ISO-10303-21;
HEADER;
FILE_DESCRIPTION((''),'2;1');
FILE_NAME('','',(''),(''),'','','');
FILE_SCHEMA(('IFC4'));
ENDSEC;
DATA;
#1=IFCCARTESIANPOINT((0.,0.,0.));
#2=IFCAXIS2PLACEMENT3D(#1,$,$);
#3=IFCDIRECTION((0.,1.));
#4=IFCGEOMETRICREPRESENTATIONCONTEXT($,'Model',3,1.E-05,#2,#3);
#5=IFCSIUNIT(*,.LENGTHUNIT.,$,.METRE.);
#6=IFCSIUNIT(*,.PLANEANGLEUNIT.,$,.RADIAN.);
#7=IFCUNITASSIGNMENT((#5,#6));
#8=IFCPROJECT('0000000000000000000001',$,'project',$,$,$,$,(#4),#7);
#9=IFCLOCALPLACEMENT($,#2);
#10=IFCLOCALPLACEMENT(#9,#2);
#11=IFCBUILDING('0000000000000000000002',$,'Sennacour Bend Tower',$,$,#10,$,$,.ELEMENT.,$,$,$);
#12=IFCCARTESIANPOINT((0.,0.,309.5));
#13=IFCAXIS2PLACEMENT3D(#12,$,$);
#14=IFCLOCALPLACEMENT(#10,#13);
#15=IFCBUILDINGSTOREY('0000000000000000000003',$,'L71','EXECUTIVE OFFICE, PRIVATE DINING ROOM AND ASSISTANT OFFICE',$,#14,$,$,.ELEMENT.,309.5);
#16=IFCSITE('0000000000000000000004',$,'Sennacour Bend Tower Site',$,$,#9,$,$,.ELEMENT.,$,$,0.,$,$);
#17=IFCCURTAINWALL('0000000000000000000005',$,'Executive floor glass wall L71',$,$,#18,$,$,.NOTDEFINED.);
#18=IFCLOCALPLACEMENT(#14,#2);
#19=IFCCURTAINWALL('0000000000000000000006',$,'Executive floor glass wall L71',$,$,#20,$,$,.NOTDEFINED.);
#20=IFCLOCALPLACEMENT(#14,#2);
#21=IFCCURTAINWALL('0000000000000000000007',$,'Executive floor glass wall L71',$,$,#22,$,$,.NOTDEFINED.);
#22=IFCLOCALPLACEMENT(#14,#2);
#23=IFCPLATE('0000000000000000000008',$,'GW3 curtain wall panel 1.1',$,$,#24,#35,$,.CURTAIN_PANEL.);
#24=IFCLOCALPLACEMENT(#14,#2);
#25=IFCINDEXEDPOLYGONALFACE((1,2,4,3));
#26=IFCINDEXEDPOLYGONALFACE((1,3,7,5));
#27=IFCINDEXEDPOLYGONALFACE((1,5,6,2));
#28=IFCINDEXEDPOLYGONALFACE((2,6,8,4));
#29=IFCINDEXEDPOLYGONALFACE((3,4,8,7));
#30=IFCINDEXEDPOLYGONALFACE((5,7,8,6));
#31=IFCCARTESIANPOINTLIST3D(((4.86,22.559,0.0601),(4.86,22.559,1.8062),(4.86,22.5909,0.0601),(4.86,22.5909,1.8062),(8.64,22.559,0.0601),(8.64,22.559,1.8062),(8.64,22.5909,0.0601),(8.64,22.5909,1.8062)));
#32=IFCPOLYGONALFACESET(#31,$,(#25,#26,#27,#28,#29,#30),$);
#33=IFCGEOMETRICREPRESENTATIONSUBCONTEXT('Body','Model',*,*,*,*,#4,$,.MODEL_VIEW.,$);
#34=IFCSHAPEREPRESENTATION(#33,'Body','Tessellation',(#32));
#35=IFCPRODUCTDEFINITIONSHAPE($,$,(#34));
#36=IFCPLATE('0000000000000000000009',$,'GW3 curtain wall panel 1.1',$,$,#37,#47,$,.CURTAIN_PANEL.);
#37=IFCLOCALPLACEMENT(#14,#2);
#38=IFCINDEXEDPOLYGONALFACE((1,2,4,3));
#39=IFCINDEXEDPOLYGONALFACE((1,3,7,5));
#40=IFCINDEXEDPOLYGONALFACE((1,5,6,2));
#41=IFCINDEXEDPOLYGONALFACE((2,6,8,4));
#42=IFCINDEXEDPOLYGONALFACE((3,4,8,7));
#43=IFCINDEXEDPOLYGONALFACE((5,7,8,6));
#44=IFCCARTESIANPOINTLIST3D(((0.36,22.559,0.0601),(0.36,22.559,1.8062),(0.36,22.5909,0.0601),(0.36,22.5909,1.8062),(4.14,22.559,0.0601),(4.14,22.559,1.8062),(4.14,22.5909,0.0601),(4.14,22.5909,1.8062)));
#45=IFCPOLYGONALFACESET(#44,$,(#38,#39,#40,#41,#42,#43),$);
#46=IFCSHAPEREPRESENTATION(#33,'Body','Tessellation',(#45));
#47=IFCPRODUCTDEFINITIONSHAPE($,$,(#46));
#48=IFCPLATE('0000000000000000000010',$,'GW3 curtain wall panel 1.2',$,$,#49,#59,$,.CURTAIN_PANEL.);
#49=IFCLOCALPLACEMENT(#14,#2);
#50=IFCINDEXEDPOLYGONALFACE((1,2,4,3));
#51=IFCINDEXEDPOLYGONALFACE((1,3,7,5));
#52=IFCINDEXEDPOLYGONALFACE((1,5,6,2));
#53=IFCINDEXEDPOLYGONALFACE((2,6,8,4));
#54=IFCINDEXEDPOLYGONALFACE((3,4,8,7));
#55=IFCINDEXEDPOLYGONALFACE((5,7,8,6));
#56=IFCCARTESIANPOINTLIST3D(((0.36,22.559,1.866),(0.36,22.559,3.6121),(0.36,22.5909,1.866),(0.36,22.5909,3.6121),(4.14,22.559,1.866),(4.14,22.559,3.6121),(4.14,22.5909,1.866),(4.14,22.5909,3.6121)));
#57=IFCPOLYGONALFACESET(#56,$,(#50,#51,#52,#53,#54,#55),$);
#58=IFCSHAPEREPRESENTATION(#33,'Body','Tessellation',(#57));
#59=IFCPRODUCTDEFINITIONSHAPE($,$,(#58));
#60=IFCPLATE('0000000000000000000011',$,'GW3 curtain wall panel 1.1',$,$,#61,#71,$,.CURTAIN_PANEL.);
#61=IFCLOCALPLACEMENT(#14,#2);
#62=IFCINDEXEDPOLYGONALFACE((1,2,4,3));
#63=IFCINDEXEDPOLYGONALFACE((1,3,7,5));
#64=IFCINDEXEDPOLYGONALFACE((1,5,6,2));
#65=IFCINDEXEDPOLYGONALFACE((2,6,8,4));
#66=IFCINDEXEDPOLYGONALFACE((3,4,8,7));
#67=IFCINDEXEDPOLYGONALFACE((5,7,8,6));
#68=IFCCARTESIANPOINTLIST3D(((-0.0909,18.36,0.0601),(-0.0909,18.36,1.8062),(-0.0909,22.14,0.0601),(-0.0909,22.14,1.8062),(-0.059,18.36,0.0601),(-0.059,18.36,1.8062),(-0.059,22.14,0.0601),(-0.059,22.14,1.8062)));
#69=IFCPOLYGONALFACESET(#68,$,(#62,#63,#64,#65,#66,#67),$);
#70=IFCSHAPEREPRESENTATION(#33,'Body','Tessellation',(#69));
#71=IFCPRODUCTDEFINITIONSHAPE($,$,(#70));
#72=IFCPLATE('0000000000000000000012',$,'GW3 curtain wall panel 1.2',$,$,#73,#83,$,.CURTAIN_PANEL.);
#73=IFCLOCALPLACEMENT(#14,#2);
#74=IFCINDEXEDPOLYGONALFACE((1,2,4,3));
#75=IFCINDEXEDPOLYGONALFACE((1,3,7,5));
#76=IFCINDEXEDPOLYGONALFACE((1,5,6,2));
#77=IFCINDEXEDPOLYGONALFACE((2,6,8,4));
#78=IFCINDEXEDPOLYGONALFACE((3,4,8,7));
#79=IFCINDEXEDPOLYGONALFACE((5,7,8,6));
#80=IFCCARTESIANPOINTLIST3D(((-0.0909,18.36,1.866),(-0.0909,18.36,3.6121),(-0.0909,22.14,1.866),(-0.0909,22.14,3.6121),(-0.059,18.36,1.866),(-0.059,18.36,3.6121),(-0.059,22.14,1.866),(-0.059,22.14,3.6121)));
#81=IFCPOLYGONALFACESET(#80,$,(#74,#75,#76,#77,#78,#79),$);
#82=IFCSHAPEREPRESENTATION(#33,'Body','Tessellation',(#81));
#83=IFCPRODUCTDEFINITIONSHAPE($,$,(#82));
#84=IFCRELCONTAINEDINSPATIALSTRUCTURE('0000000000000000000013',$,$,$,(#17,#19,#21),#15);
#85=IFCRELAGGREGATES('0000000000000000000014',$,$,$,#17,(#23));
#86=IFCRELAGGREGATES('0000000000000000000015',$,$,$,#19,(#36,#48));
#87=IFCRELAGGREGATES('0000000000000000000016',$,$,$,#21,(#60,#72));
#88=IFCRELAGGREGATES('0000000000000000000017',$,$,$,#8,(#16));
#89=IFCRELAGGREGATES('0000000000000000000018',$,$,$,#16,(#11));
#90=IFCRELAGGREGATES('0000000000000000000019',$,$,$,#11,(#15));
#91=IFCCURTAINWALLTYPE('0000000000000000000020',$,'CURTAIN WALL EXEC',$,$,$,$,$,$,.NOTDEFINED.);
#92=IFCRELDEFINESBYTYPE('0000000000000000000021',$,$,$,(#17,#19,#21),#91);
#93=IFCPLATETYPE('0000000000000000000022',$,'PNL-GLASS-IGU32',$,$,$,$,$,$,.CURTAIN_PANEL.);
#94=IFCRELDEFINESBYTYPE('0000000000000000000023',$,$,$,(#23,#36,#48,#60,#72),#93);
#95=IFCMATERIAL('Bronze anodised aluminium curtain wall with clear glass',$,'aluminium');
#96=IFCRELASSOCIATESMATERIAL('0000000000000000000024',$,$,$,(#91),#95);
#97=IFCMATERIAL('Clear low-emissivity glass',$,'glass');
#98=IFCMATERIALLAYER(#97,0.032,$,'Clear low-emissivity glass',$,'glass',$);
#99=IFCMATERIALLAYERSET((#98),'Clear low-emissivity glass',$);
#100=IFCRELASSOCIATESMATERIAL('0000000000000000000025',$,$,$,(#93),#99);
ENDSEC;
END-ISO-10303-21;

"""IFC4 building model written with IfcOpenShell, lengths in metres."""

from ifc_helpers import new_model, si_unit, direction, frame, origin, origin_2d, place, context, subcontext, project, spatial, rectangle, extrude, material, layer, layer_set, type_object, element, aggregate, save


model = new_model("IFC4")

# Units and contexts
model_context = context("Model", 3, precision=1e-05, world=origin(), true_north=direction((0.0, 1.0)))
body_context = subcontext(model_context, "Body", "Model", "MODEL_VIEW")
ifc_project = project(units=[si_unit("LENGTHUNIT", "METRE"), si_unit("PLANEANGLEUNIT", "RADIAN")], contexts=[model_context])

# Site, building, storey
site_placement = place(None, origin())
site = spatial("IfcSite", under=ifc_project, at=site_placement, Name="Sennacour Bend Tower Site", CompositionType="ELEMENT", RefElevation=0.0)
building_placement = place(site_placement, origin())
building = spatial("IfcBuilding", under=site, at=building_placement, Name="Sennacour Bend Tower", CompositionType="ELEMENT")
storey_placement = place(building_placement, frame((0.0, 0.0, 309.5)))
storey = spatial("IfcBuildingStorey", under=building, at=storey_placement, Name="L71", Description="EXECUTIVE OFFICE, PRIVATE DINING ROOM AND ASSISTANT OFFICE", CompositionType="ELEMENT", Elevation=309.5)

# Curtain wall
ifc_material_1 = material(Name="Bronze anodised aluminium curtain wall with clear glass", Category="aluminium")
curtain_wall_type = type_object("IfcCurtainWallType", Name="CURTAIN WALL EXEC", PredefinedType="NOTDEFINED", material=ifc_material_1)
curtain_wall_1_placement = place(storey_placement, origin())
curtain_wall_1 = element("IfcCurtainWall", 1, at=curtain_wall_1_placement, inside=storey, type_object=curtain_wall_type, Name="Executive floor glass wall L71", PredefinedType="NOTDEFINED")

# Curtain walls
curtain_wall_2_placement = place(storey_placement, origin())
curtain_wall_2 = element("IfcCurtainWall", 2, at=curtain_wall_2_placement, inside=storey, type_object=curtain_wall_type, Name="Executive floor glass wall L71", PredefinedType="NOTDEFINED")
curtain_wall_3_placement = place(storey_placement, origin())
curtain_wall_3 = element("IfcCurtainWall", 3, at=curtain_wall_3_placement, inside=storey, type_object=curtain_wall_type, Name="Executive floor glass wall L71", PredefinedType="NOTDEFINED")

# Plates
ifc_material_2 = material(Name="Clear low-emissivity glass", Category="glass")
ifc_layer = layer(ifc_material_2, 0.032, Name="Clear low-emissivity glass", Category="glass")
ifc_layer_set = layer_set([ifc_layer], Name="Clear low-emissivity glass")
plate_type = type_object("IfcPlateType", Name="PNL-GLASS-IGU32", PredefinedType="CURTAIN_PANEL", material=ifc_layer_set)
plate_1_placement = place(storey_placement, frame((6.75, 22.575, 0.0601), z_axis=(0.0, 0.0, 1.0), x_axis=(-1.0, 0.0, 0.0)))
plate_1 = element("IfcPlate", 4, at=plate_1_placement, type_object=plate_type, Name="GW3 curtain wall panel 1.1", PredefinedType="CURTAIN_PANEL", context=body_context, shape_type="SweptSolid", body=[
    extrude(rectangle(XDim=3.78, YDim=0.032, at=origin_2d()), origin(), (0.0, 0.0, 1.0), 1.7461),
])
aggregate(curtain_wall_1, [plate_1])
plate_2_placement = place(storey_placement, frame((2.25, 22.575, 0.0601), z_axis=(0.0, 0.0, 1.0), x_axis=(-1.0, 0.0, 0.0)))
plate_2 = element("IfcPlate", 5, at=plate_2_placement, type_object=plate_type, Name="GW3 curtain wall panel 1.1", PredefinedType="CURTAIN_PANEL", context=body_context, shape_type="SweptSolid", body=[
    extrude(rectangle(XDim=3.78, YDim=0.032, at=origin_2d()), origin(), (0.0, 0.0, 1.0), 1.7461),
])
plate_3_placement = place(storey_placement, frame((2.25, 22.575, 1.866), z_axis=(0.0, 0.0, 1.0), x_axis=(-1.0, 0.0, 0.0)))
plate_3 = element("IfcPlate", 6, at=plate_3_placement, type_object=plate_type, Name="GW3 curtain wall panel 1.2", PredefinedType="CURTAIN_PANEL", context=body_context, shape_type="SweptSolid", body=[
    extrude(rectangle(XDim=3.78, YDim=0.032, at=origin_2d()), origin(), (0.0, 0.0, 1.0), 1.7461),
])
aggregate(curtain_wall_2, [plate_2, plate_3])
plate_4_placement = place(storey_placement, frame((-0.075, 20.25, 0.0601), z_axis=(0.0, 0.0, 1.0), x_axis=(0.0, -1.0, 0.0)))
plate_4 = element("IfcPlate", 7, at=plate_4_placement, type_object=plate_type, Name="GW3 curtain wall panel 1.1", PredefinedType="CURTAIN_PANEL", context=body_context, shape_type="SweptSolid", body=[
    extrude(rectangle(XDim=3.78, YDim=0.032, at=origin_2d()), origin(), (0.0, 0.0, 1.0), 1.7461),
])
plate_5_placement = place(storey_placement, frame((-0.075, 20.25, 1.866), z_axis=(0.0, 0.0, 1.0), x_axis=(0.0, -1.0, 0.0)))
plate_5 = element("IfcPlate", 8, at=plate_5_placement, type_object=plate_type, Name="GW3 curtain wall panel 1.2", PredefinedType="CURTAIN_PANEL", context=body_context, shape_type="SweptSolid", body=[
    extrude(rectangle(XDim=3.78, YDim=0.032, at=origin_2d()), origin(), (0.0, 0.0, 1.0), 1.7461),
])
aggregate(curtain_wall_3, [plate_4, plate_5])

save(model, "model.ifc")
